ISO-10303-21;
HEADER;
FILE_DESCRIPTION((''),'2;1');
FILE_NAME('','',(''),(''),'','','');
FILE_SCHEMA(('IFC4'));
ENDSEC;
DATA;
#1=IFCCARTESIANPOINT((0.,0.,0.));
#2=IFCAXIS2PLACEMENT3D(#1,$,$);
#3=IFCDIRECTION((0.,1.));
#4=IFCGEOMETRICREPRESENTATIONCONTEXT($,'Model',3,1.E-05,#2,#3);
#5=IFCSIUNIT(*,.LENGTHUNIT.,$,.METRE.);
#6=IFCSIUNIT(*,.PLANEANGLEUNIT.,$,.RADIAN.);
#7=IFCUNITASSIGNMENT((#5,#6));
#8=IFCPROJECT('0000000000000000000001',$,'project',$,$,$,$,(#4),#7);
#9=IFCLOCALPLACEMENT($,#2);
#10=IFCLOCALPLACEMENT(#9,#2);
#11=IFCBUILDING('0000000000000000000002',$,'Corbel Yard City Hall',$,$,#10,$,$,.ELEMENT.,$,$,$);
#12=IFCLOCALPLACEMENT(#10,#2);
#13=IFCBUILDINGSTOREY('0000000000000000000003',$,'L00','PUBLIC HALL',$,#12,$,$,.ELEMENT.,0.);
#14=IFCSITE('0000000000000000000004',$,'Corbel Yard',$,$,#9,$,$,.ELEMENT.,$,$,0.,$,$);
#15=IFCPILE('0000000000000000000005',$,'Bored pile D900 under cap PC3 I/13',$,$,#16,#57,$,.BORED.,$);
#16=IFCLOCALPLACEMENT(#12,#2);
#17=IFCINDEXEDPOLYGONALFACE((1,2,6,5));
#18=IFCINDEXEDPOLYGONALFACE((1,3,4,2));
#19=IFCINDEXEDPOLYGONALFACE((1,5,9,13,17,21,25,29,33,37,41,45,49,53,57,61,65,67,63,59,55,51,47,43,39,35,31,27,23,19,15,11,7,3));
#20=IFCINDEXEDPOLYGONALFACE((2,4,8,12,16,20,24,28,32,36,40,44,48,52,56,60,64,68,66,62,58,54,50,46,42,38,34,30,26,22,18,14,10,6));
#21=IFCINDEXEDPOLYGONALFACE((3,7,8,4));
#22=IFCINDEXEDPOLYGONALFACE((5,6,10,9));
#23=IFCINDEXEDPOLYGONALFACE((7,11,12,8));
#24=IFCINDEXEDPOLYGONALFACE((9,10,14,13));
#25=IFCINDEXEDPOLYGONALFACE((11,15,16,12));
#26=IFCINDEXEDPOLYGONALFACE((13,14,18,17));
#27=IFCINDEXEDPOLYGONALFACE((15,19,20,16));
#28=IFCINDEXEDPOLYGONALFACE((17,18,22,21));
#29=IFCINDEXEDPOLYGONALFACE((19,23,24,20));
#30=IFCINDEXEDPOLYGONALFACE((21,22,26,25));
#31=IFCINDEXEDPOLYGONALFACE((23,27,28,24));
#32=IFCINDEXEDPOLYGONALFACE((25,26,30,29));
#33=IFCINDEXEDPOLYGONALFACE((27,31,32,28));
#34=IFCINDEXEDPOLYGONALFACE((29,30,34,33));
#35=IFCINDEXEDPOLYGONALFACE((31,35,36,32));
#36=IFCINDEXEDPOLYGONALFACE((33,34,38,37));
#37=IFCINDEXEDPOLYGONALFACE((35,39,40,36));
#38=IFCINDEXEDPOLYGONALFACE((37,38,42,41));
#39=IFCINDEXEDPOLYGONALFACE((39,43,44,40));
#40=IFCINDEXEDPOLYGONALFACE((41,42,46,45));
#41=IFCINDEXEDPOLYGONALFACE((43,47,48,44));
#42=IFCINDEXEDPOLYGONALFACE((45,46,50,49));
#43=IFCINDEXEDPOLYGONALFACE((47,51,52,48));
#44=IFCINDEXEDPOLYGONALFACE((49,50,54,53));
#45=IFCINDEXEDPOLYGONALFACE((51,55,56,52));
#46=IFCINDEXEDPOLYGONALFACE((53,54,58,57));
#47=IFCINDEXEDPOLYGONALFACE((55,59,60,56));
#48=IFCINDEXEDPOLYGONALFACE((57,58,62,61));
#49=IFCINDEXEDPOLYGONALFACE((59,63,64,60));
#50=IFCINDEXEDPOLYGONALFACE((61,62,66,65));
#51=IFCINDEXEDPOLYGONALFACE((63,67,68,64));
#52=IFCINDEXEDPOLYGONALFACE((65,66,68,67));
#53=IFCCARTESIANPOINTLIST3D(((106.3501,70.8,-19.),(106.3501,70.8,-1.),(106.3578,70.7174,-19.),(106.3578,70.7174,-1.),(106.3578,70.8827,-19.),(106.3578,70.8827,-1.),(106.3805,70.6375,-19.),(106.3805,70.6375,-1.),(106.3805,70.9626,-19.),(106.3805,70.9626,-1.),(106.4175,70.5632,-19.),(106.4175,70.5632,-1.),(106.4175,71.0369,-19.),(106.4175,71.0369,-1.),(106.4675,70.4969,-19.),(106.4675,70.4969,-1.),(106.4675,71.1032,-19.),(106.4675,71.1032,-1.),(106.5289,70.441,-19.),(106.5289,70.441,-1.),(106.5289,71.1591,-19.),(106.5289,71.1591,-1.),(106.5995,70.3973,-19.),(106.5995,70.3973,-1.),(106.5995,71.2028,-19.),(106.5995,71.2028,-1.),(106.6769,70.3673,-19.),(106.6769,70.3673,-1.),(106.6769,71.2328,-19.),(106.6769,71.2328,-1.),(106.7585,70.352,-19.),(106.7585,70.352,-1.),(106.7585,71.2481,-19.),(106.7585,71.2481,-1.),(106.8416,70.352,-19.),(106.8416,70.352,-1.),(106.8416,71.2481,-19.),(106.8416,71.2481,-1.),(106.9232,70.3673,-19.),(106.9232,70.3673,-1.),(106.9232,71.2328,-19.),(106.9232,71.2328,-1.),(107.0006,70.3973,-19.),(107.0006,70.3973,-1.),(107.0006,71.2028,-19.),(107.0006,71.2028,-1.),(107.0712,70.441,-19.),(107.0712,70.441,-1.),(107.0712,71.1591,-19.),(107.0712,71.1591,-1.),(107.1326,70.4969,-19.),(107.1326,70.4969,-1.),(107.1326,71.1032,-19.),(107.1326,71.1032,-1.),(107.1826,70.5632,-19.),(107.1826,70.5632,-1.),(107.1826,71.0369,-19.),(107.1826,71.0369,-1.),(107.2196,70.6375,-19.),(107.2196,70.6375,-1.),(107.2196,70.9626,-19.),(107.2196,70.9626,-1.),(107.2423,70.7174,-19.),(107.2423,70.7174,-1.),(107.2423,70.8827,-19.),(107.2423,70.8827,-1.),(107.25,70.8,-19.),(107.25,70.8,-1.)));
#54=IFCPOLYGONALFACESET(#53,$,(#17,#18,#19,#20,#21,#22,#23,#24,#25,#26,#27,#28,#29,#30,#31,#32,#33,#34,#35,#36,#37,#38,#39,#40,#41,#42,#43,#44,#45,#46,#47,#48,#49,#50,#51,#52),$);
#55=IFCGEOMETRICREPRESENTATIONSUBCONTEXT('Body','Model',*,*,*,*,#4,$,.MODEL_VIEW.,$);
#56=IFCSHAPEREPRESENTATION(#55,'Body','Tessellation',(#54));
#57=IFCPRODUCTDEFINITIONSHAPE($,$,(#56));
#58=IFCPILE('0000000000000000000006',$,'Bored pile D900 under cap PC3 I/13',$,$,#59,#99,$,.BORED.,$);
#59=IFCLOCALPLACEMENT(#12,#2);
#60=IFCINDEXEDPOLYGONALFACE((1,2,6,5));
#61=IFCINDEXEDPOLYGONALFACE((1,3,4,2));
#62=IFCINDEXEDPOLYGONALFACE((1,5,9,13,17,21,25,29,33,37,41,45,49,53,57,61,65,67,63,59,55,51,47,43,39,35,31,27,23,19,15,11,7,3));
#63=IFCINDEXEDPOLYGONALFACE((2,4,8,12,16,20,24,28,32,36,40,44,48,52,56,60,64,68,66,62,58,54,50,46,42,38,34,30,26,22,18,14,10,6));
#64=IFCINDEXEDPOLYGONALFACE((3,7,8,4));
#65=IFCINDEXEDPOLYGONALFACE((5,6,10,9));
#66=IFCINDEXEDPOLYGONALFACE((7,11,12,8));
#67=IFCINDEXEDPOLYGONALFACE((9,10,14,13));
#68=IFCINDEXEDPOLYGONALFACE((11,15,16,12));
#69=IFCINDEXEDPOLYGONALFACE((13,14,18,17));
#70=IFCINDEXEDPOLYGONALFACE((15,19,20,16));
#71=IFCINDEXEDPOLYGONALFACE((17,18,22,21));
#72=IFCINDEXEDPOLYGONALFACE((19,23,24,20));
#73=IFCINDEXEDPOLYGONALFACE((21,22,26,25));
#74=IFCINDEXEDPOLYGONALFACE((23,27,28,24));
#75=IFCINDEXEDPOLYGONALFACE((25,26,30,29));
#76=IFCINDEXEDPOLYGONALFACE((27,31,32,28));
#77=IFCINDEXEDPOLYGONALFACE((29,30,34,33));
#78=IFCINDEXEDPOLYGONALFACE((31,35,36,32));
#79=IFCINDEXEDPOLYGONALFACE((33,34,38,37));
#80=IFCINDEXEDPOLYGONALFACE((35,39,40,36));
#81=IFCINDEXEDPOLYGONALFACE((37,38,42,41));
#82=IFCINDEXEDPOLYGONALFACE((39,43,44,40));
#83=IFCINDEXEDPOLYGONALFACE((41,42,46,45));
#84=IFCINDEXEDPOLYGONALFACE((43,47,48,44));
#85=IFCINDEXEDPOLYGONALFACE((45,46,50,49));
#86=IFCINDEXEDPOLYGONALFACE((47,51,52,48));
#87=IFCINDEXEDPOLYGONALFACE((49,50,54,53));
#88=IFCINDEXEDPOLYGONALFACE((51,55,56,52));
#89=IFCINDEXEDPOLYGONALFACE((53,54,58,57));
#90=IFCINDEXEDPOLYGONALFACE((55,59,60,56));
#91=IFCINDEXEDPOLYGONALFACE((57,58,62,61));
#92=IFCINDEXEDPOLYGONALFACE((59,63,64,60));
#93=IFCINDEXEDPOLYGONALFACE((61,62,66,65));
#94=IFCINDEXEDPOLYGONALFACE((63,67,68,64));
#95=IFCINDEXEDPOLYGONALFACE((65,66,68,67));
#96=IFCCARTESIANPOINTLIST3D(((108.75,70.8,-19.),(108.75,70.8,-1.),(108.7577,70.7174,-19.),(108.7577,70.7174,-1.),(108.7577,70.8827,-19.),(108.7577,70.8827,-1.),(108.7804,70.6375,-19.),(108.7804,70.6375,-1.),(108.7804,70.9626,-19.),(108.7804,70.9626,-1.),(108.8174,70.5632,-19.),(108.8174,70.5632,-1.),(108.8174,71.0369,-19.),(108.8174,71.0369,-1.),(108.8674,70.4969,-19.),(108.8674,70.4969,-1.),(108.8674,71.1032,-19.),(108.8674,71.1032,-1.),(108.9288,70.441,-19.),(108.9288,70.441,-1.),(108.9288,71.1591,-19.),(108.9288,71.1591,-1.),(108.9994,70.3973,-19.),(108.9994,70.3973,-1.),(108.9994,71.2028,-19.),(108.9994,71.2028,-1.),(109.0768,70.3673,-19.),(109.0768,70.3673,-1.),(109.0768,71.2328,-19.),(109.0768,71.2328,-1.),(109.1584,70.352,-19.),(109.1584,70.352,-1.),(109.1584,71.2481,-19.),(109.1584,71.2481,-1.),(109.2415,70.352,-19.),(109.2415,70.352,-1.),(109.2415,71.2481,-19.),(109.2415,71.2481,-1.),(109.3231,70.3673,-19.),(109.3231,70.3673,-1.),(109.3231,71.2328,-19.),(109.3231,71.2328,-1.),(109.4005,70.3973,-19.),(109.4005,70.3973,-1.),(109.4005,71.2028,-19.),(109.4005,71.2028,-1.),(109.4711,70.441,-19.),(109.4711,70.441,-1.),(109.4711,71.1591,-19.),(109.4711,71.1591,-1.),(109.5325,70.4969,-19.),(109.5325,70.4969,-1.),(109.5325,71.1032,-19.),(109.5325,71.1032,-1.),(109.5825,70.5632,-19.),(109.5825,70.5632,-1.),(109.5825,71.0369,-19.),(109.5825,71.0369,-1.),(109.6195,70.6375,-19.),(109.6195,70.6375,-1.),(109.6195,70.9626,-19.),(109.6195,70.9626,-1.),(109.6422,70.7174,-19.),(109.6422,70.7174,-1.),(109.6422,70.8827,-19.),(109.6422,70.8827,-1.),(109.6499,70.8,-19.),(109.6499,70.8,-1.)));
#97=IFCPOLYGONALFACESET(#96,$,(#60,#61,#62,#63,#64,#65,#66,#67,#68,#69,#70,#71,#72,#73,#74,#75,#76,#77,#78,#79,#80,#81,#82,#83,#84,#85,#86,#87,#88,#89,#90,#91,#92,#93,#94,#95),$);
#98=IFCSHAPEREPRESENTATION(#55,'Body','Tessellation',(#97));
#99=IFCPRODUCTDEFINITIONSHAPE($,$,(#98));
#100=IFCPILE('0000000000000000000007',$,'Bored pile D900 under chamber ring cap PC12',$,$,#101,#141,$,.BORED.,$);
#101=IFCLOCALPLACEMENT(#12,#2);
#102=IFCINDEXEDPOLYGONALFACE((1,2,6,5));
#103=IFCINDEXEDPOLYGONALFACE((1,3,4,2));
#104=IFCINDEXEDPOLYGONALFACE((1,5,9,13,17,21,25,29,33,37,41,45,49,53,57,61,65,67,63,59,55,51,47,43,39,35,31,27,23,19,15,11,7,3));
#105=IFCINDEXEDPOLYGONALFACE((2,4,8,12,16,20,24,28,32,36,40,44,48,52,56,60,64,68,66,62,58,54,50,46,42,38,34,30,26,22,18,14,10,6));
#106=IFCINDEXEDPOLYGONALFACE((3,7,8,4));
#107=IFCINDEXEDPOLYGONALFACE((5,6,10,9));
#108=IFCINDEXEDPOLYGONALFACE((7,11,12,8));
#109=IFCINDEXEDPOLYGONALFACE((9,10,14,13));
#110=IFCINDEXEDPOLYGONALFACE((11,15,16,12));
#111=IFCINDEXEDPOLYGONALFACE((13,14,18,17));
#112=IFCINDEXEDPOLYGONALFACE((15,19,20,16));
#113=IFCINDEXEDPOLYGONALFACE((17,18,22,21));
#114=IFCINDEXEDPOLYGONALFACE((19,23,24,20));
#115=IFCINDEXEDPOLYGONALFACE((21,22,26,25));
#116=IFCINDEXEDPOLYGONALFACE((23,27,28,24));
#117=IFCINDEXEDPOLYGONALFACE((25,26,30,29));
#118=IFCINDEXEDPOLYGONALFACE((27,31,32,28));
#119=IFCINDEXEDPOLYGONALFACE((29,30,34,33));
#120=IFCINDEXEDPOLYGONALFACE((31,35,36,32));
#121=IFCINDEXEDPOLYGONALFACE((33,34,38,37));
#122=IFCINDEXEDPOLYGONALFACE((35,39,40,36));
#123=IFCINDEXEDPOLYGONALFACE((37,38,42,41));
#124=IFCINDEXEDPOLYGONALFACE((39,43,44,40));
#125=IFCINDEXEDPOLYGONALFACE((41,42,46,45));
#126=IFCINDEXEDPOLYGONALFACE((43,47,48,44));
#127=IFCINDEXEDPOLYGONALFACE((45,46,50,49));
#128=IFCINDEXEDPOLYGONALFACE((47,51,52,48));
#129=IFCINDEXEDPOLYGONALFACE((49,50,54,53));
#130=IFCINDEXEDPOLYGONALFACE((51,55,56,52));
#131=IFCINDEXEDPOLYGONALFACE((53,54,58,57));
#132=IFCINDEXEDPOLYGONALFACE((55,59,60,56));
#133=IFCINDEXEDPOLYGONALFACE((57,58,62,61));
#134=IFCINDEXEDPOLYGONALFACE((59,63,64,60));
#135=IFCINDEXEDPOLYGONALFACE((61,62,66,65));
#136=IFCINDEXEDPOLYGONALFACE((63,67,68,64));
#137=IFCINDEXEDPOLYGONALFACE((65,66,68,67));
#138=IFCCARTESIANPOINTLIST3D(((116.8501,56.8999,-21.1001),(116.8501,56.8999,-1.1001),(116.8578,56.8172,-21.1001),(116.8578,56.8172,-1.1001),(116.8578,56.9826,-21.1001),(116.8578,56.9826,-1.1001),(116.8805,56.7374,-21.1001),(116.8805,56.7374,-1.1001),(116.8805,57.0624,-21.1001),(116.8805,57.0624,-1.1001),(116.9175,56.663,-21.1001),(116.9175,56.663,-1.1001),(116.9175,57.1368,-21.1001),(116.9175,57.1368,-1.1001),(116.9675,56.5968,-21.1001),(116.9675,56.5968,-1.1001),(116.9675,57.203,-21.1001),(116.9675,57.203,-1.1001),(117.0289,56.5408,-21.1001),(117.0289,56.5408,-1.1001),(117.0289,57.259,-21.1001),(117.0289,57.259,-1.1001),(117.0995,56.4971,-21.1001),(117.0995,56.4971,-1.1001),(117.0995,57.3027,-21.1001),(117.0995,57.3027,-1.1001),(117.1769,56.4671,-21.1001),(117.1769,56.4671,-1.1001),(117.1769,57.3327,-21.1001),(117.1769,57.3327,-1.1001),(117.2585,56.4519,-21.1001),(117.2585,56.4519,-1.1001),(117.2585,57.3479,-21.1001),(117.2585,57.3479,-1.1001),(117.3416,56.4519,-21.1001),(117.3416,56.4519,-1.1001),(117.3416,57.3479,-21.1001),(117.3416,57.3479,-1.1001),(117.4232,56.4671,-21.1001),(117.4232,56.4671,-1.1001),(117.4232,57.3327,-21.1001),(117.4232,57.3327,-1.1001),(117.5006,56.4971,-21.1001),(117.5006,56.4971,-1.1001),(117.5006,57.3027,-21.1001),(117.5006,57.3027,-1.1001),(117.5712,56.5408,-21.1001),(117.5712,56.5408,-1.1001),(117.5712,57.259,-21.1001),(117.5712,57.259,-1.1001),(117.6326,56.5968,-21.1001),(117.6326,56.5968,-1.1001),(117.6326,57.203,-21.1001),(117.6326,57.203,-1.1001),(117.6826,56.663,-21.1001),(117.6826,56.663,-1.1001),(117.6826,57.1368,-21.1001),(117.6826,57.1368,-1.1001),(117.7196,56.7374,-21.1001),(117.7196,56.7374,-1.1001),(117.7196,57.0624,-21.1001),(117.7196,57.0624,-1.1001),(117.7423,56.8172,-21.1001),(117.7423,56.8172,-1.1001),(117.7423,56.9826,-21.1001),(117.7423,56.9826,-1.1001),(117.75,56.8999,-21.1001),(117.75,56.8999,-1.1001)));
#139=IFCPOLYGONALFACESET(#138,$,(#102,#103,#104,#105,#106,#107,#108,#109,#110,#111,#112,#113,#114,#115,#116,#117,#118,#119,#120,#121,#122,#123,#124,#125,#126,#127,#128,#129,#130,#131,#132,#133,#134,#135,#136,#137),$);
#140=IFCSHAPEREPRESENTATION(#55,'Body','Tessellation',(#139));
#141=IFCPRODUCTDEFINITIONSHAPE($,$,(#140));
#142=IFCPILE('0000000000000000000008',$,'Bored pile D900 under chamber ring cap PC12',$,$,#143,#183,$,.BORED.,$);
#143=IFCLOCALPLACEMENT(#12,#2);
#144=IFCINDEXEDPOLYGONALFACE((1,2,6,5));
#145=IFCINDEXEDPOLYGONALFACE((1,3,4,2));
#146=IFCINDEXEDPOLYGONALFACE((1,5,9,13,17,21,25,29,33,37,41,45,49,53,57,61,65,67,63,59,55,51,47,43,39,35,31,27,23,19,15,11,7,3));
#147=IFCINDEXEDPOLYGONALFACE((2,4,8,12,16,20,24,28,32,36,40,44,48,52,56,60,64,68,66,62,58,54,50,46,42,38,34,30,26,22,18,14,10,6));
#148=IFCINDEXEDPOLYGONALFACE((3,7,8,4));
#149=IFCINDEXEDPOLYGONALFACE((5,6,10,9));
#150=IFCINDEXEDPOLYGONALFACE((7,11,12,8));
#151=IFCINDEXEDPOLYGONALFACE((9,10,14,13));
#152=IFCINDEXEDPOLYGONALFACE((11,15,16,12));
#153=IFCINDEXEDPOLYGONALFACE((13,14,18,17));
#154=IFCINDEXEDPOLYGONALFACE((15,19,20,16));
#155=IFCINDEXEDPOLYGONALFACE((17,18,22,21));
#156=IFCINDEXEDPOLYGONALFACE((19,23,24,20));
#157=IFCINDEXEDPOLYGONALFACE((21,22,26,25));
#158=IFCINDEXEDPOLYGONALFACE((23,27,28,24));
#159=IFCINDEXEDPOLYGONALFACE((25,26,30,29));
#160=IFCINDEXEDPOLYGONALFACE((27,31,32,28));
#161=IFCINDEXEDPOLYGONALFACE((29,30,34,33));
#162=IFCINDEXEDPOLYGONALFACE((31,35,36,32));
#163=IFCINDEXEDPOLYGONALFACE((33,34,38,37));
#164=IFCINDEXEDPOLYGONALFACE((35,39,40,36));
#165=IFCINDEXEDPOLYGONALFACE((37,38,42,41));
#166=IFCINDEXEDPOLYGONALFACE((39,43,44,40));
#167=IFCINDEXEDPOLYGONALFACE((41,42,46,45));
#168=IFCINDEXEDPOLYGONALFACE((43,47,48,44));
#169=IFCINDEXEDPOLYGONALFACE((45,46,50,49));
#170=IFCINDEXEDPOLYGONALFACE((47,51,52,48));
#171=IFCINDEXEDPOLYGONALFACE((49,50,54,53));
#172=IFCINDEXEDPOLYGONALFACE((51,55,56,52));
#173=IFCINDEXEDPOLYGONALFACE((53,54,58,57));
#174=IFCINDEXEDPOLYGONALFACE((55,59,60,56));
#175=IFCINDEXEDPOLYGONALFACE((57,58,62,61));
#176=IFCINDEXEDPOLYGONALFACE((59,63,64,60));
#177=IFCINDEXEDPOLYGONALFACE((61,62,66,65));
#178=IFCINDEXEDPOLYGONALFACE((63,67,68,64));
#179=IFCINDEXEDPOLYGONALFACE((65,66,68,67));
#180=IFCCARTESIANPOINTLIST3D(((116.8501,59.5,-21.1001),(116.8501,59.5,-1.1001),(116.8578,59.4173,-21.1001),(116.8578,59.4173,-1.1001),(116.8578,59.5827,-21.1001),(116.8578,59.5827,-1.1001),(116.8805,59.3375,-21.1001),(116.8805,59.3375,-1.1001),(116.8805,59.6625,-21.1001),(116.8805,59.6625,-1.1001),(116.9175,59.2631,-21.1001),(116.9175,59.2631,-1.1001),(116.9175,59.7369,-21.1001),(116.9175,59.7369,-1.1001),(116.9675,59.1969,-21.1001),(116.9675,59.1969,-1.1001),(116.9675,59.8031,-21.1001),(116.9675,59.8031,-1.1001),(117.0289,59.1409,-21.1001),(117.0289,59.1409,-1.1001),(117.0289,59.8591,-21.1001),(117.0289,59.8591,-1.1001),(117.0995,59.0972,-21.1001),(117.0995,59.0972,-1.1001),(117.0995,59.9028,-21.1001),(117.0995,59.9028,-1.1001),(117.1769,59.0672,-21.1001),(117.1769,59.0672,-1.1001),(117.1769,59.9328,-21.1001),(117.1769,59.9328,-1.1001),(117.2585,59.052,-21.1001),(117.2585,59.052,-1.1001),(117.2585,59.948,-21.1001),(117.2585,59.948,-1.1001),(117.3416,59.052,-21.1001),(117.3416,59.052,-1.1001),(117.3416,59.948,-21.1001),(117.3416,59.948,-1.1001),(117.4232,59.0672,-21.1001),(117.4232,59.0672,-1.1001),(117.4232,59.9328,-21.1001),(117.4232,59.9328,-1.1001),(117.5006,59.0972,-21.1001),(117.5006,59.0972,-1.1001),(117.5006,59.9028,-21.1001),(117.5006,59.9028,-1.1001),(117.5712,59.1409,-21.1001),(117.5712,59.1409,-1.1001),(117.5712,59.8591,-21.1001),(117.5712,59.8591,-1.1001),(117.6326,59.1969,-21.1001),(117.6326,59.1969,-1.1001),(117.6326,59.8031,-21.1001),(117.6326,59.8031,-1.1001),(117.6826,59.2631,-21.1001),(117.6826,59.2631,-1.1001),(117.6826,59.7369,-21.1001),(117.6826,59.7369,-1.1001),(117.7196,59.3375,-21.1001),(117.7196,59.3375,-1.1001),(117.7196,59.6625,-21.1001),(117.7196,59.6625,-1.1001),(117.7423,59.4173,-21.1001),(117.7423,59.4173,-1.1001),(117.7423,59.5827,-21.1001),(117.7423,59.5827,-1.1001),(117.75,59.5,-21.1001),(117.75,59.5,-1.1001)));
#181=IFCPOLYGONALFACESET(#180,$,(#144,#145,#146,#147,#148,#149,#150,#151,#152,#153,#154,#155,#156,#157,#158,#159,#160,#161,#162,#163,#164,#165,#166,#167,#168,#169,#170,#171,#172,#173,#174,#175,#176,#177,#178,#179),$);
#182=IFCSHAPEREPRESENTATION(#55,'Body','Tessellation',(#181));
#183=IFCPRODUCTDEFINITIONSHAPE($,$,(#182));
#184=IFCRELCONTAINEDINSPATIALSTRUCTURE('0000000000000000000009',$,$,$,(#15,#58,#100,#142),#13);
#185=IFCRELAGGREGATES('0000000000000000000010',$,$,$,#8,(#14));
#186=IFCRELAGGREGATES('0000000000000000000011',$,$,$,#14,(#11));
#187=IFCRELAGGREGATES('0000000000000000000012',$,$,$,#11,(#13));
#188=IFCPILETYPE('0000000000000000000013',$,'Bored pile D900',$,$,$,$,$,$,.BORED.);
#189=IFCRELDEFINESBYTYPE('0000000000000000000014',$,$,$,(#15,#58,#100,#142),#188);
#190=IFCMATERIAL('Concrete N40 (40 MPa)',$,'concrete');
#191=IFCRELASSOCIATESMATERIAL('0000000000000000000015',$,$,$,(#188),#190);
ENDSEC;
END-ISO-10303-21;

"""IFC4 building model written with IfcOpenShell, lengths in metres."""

from ifc_helpers import new_model, si_unit, direction, frame, origin, origin_2d, place, context, subcontext, project, spatial, circle, extrude, material, material_profile, profile_set, type_object, element, save


model = new_model("IFC4")

# Units and contexts
model_context = context("Model", 3, precision=1e-05, world=origin(), true_north=direction((0.0, 1.0)))
body_context = subcontext(model_context, "Body", "Model", "MODEL_VIEW")
ifc_project = project(units=[si_unit("LENGTHUNIT", "METRE"), si_unit("PLANEANGLEUNIT", "RADIAN")], contexts=[model_context])

# Site, building, storey
site_placement = place(None, origin())
site = spatial("IfcSite", under=ifc_project, at=site_placement, Name="Corbel Yard", CompositionType="ELEMENT", RefElevation=0.0)
building_placement = place(site_placement, origin())
building = spatial("IfcBuilding", under=site, at=building_placement, Name="Corbel Yard City Hall", CompositionType="ELEMENT")
storey_placement = place(building_placement, origin())
storey = spatial("IfcBuildingStorey", under=building, at=storey_placement, Name="L00", Description="PUBLIC HALL", CompositionType="ELEMENT", Elevation=0.0)

# Piles
ifc_material_1 = material(Name="Concrete N40 (40 MPa)", Category="concrete")
ifc_material_profile_1 = material_profile(ifc_material_1, circle(Radius=0.45, at=origin_2d()), Name="D900")
ifc_profile_set_1 = profile_set([ifc_material_profile_1], Name="Concrete N40 (40 MPa)")
pile_type = type_object("IfcPileType", Name="Bored pile D900", PredefinedType="BORED", material=ifc_profile_set_1)
for number, where, z_axis, x_axis, name in (
    (1, (106.8, 70.8, -1.0), (0.0, 0.0, -1.0), (1.0, 0.0, 0.0), "Bored pile D900 under cap PC3 I/13"),
    (2, (109.2, 70.8, -1.0), (0.0, 0.0, -1.0), (1.0, 0.0, 0.0), "Bored pile D900 under cap PC3 I/13"),
):
    element("IfcPile", number, at=place(storey_placement, frame(where, z_axis=z_axis, x_axis=x_axis)), inside=storey, type_object=pile_type, Name=name, PredefinedType="BORED", context=body_context, shape_type="SweptSolid", body=[
        extrude(circle(Radius=0.45, at=origin_2d()), origin(), (0.0, 0.0, 1.0), 18.0),
    ])
for number, where, z_axis, x_axis, name in (
    (3, (117.3, 56.8999, -1.1001), (0.0, 0.0, -1.0), (1.0, 0.0, 0.0), "Bored pile D900 under chamber ring cap PC12"),
    (4, (117.3, 59.5, -1.1001), (0.0, 0.0, -1.0), (1.0, 0.0, 0.0), "Bored pile D900 under chamber ring cap PC12"),
):
    element("IfcPile", number, at=place(storey_placement, frame(where, z_axis=z_axis, x_axis=x_axis)), inside=storey, type_object=pile_type, Name=name, PredefinedType="BORED", context=body_context, shape_type="SweptSolid", body=[
        extrude(circle(Radius=0.45, at=origin_2d()), origin(), (0.0, 0.0, 1.0), 20.0),
    ])

save(model, "model.ifc")
